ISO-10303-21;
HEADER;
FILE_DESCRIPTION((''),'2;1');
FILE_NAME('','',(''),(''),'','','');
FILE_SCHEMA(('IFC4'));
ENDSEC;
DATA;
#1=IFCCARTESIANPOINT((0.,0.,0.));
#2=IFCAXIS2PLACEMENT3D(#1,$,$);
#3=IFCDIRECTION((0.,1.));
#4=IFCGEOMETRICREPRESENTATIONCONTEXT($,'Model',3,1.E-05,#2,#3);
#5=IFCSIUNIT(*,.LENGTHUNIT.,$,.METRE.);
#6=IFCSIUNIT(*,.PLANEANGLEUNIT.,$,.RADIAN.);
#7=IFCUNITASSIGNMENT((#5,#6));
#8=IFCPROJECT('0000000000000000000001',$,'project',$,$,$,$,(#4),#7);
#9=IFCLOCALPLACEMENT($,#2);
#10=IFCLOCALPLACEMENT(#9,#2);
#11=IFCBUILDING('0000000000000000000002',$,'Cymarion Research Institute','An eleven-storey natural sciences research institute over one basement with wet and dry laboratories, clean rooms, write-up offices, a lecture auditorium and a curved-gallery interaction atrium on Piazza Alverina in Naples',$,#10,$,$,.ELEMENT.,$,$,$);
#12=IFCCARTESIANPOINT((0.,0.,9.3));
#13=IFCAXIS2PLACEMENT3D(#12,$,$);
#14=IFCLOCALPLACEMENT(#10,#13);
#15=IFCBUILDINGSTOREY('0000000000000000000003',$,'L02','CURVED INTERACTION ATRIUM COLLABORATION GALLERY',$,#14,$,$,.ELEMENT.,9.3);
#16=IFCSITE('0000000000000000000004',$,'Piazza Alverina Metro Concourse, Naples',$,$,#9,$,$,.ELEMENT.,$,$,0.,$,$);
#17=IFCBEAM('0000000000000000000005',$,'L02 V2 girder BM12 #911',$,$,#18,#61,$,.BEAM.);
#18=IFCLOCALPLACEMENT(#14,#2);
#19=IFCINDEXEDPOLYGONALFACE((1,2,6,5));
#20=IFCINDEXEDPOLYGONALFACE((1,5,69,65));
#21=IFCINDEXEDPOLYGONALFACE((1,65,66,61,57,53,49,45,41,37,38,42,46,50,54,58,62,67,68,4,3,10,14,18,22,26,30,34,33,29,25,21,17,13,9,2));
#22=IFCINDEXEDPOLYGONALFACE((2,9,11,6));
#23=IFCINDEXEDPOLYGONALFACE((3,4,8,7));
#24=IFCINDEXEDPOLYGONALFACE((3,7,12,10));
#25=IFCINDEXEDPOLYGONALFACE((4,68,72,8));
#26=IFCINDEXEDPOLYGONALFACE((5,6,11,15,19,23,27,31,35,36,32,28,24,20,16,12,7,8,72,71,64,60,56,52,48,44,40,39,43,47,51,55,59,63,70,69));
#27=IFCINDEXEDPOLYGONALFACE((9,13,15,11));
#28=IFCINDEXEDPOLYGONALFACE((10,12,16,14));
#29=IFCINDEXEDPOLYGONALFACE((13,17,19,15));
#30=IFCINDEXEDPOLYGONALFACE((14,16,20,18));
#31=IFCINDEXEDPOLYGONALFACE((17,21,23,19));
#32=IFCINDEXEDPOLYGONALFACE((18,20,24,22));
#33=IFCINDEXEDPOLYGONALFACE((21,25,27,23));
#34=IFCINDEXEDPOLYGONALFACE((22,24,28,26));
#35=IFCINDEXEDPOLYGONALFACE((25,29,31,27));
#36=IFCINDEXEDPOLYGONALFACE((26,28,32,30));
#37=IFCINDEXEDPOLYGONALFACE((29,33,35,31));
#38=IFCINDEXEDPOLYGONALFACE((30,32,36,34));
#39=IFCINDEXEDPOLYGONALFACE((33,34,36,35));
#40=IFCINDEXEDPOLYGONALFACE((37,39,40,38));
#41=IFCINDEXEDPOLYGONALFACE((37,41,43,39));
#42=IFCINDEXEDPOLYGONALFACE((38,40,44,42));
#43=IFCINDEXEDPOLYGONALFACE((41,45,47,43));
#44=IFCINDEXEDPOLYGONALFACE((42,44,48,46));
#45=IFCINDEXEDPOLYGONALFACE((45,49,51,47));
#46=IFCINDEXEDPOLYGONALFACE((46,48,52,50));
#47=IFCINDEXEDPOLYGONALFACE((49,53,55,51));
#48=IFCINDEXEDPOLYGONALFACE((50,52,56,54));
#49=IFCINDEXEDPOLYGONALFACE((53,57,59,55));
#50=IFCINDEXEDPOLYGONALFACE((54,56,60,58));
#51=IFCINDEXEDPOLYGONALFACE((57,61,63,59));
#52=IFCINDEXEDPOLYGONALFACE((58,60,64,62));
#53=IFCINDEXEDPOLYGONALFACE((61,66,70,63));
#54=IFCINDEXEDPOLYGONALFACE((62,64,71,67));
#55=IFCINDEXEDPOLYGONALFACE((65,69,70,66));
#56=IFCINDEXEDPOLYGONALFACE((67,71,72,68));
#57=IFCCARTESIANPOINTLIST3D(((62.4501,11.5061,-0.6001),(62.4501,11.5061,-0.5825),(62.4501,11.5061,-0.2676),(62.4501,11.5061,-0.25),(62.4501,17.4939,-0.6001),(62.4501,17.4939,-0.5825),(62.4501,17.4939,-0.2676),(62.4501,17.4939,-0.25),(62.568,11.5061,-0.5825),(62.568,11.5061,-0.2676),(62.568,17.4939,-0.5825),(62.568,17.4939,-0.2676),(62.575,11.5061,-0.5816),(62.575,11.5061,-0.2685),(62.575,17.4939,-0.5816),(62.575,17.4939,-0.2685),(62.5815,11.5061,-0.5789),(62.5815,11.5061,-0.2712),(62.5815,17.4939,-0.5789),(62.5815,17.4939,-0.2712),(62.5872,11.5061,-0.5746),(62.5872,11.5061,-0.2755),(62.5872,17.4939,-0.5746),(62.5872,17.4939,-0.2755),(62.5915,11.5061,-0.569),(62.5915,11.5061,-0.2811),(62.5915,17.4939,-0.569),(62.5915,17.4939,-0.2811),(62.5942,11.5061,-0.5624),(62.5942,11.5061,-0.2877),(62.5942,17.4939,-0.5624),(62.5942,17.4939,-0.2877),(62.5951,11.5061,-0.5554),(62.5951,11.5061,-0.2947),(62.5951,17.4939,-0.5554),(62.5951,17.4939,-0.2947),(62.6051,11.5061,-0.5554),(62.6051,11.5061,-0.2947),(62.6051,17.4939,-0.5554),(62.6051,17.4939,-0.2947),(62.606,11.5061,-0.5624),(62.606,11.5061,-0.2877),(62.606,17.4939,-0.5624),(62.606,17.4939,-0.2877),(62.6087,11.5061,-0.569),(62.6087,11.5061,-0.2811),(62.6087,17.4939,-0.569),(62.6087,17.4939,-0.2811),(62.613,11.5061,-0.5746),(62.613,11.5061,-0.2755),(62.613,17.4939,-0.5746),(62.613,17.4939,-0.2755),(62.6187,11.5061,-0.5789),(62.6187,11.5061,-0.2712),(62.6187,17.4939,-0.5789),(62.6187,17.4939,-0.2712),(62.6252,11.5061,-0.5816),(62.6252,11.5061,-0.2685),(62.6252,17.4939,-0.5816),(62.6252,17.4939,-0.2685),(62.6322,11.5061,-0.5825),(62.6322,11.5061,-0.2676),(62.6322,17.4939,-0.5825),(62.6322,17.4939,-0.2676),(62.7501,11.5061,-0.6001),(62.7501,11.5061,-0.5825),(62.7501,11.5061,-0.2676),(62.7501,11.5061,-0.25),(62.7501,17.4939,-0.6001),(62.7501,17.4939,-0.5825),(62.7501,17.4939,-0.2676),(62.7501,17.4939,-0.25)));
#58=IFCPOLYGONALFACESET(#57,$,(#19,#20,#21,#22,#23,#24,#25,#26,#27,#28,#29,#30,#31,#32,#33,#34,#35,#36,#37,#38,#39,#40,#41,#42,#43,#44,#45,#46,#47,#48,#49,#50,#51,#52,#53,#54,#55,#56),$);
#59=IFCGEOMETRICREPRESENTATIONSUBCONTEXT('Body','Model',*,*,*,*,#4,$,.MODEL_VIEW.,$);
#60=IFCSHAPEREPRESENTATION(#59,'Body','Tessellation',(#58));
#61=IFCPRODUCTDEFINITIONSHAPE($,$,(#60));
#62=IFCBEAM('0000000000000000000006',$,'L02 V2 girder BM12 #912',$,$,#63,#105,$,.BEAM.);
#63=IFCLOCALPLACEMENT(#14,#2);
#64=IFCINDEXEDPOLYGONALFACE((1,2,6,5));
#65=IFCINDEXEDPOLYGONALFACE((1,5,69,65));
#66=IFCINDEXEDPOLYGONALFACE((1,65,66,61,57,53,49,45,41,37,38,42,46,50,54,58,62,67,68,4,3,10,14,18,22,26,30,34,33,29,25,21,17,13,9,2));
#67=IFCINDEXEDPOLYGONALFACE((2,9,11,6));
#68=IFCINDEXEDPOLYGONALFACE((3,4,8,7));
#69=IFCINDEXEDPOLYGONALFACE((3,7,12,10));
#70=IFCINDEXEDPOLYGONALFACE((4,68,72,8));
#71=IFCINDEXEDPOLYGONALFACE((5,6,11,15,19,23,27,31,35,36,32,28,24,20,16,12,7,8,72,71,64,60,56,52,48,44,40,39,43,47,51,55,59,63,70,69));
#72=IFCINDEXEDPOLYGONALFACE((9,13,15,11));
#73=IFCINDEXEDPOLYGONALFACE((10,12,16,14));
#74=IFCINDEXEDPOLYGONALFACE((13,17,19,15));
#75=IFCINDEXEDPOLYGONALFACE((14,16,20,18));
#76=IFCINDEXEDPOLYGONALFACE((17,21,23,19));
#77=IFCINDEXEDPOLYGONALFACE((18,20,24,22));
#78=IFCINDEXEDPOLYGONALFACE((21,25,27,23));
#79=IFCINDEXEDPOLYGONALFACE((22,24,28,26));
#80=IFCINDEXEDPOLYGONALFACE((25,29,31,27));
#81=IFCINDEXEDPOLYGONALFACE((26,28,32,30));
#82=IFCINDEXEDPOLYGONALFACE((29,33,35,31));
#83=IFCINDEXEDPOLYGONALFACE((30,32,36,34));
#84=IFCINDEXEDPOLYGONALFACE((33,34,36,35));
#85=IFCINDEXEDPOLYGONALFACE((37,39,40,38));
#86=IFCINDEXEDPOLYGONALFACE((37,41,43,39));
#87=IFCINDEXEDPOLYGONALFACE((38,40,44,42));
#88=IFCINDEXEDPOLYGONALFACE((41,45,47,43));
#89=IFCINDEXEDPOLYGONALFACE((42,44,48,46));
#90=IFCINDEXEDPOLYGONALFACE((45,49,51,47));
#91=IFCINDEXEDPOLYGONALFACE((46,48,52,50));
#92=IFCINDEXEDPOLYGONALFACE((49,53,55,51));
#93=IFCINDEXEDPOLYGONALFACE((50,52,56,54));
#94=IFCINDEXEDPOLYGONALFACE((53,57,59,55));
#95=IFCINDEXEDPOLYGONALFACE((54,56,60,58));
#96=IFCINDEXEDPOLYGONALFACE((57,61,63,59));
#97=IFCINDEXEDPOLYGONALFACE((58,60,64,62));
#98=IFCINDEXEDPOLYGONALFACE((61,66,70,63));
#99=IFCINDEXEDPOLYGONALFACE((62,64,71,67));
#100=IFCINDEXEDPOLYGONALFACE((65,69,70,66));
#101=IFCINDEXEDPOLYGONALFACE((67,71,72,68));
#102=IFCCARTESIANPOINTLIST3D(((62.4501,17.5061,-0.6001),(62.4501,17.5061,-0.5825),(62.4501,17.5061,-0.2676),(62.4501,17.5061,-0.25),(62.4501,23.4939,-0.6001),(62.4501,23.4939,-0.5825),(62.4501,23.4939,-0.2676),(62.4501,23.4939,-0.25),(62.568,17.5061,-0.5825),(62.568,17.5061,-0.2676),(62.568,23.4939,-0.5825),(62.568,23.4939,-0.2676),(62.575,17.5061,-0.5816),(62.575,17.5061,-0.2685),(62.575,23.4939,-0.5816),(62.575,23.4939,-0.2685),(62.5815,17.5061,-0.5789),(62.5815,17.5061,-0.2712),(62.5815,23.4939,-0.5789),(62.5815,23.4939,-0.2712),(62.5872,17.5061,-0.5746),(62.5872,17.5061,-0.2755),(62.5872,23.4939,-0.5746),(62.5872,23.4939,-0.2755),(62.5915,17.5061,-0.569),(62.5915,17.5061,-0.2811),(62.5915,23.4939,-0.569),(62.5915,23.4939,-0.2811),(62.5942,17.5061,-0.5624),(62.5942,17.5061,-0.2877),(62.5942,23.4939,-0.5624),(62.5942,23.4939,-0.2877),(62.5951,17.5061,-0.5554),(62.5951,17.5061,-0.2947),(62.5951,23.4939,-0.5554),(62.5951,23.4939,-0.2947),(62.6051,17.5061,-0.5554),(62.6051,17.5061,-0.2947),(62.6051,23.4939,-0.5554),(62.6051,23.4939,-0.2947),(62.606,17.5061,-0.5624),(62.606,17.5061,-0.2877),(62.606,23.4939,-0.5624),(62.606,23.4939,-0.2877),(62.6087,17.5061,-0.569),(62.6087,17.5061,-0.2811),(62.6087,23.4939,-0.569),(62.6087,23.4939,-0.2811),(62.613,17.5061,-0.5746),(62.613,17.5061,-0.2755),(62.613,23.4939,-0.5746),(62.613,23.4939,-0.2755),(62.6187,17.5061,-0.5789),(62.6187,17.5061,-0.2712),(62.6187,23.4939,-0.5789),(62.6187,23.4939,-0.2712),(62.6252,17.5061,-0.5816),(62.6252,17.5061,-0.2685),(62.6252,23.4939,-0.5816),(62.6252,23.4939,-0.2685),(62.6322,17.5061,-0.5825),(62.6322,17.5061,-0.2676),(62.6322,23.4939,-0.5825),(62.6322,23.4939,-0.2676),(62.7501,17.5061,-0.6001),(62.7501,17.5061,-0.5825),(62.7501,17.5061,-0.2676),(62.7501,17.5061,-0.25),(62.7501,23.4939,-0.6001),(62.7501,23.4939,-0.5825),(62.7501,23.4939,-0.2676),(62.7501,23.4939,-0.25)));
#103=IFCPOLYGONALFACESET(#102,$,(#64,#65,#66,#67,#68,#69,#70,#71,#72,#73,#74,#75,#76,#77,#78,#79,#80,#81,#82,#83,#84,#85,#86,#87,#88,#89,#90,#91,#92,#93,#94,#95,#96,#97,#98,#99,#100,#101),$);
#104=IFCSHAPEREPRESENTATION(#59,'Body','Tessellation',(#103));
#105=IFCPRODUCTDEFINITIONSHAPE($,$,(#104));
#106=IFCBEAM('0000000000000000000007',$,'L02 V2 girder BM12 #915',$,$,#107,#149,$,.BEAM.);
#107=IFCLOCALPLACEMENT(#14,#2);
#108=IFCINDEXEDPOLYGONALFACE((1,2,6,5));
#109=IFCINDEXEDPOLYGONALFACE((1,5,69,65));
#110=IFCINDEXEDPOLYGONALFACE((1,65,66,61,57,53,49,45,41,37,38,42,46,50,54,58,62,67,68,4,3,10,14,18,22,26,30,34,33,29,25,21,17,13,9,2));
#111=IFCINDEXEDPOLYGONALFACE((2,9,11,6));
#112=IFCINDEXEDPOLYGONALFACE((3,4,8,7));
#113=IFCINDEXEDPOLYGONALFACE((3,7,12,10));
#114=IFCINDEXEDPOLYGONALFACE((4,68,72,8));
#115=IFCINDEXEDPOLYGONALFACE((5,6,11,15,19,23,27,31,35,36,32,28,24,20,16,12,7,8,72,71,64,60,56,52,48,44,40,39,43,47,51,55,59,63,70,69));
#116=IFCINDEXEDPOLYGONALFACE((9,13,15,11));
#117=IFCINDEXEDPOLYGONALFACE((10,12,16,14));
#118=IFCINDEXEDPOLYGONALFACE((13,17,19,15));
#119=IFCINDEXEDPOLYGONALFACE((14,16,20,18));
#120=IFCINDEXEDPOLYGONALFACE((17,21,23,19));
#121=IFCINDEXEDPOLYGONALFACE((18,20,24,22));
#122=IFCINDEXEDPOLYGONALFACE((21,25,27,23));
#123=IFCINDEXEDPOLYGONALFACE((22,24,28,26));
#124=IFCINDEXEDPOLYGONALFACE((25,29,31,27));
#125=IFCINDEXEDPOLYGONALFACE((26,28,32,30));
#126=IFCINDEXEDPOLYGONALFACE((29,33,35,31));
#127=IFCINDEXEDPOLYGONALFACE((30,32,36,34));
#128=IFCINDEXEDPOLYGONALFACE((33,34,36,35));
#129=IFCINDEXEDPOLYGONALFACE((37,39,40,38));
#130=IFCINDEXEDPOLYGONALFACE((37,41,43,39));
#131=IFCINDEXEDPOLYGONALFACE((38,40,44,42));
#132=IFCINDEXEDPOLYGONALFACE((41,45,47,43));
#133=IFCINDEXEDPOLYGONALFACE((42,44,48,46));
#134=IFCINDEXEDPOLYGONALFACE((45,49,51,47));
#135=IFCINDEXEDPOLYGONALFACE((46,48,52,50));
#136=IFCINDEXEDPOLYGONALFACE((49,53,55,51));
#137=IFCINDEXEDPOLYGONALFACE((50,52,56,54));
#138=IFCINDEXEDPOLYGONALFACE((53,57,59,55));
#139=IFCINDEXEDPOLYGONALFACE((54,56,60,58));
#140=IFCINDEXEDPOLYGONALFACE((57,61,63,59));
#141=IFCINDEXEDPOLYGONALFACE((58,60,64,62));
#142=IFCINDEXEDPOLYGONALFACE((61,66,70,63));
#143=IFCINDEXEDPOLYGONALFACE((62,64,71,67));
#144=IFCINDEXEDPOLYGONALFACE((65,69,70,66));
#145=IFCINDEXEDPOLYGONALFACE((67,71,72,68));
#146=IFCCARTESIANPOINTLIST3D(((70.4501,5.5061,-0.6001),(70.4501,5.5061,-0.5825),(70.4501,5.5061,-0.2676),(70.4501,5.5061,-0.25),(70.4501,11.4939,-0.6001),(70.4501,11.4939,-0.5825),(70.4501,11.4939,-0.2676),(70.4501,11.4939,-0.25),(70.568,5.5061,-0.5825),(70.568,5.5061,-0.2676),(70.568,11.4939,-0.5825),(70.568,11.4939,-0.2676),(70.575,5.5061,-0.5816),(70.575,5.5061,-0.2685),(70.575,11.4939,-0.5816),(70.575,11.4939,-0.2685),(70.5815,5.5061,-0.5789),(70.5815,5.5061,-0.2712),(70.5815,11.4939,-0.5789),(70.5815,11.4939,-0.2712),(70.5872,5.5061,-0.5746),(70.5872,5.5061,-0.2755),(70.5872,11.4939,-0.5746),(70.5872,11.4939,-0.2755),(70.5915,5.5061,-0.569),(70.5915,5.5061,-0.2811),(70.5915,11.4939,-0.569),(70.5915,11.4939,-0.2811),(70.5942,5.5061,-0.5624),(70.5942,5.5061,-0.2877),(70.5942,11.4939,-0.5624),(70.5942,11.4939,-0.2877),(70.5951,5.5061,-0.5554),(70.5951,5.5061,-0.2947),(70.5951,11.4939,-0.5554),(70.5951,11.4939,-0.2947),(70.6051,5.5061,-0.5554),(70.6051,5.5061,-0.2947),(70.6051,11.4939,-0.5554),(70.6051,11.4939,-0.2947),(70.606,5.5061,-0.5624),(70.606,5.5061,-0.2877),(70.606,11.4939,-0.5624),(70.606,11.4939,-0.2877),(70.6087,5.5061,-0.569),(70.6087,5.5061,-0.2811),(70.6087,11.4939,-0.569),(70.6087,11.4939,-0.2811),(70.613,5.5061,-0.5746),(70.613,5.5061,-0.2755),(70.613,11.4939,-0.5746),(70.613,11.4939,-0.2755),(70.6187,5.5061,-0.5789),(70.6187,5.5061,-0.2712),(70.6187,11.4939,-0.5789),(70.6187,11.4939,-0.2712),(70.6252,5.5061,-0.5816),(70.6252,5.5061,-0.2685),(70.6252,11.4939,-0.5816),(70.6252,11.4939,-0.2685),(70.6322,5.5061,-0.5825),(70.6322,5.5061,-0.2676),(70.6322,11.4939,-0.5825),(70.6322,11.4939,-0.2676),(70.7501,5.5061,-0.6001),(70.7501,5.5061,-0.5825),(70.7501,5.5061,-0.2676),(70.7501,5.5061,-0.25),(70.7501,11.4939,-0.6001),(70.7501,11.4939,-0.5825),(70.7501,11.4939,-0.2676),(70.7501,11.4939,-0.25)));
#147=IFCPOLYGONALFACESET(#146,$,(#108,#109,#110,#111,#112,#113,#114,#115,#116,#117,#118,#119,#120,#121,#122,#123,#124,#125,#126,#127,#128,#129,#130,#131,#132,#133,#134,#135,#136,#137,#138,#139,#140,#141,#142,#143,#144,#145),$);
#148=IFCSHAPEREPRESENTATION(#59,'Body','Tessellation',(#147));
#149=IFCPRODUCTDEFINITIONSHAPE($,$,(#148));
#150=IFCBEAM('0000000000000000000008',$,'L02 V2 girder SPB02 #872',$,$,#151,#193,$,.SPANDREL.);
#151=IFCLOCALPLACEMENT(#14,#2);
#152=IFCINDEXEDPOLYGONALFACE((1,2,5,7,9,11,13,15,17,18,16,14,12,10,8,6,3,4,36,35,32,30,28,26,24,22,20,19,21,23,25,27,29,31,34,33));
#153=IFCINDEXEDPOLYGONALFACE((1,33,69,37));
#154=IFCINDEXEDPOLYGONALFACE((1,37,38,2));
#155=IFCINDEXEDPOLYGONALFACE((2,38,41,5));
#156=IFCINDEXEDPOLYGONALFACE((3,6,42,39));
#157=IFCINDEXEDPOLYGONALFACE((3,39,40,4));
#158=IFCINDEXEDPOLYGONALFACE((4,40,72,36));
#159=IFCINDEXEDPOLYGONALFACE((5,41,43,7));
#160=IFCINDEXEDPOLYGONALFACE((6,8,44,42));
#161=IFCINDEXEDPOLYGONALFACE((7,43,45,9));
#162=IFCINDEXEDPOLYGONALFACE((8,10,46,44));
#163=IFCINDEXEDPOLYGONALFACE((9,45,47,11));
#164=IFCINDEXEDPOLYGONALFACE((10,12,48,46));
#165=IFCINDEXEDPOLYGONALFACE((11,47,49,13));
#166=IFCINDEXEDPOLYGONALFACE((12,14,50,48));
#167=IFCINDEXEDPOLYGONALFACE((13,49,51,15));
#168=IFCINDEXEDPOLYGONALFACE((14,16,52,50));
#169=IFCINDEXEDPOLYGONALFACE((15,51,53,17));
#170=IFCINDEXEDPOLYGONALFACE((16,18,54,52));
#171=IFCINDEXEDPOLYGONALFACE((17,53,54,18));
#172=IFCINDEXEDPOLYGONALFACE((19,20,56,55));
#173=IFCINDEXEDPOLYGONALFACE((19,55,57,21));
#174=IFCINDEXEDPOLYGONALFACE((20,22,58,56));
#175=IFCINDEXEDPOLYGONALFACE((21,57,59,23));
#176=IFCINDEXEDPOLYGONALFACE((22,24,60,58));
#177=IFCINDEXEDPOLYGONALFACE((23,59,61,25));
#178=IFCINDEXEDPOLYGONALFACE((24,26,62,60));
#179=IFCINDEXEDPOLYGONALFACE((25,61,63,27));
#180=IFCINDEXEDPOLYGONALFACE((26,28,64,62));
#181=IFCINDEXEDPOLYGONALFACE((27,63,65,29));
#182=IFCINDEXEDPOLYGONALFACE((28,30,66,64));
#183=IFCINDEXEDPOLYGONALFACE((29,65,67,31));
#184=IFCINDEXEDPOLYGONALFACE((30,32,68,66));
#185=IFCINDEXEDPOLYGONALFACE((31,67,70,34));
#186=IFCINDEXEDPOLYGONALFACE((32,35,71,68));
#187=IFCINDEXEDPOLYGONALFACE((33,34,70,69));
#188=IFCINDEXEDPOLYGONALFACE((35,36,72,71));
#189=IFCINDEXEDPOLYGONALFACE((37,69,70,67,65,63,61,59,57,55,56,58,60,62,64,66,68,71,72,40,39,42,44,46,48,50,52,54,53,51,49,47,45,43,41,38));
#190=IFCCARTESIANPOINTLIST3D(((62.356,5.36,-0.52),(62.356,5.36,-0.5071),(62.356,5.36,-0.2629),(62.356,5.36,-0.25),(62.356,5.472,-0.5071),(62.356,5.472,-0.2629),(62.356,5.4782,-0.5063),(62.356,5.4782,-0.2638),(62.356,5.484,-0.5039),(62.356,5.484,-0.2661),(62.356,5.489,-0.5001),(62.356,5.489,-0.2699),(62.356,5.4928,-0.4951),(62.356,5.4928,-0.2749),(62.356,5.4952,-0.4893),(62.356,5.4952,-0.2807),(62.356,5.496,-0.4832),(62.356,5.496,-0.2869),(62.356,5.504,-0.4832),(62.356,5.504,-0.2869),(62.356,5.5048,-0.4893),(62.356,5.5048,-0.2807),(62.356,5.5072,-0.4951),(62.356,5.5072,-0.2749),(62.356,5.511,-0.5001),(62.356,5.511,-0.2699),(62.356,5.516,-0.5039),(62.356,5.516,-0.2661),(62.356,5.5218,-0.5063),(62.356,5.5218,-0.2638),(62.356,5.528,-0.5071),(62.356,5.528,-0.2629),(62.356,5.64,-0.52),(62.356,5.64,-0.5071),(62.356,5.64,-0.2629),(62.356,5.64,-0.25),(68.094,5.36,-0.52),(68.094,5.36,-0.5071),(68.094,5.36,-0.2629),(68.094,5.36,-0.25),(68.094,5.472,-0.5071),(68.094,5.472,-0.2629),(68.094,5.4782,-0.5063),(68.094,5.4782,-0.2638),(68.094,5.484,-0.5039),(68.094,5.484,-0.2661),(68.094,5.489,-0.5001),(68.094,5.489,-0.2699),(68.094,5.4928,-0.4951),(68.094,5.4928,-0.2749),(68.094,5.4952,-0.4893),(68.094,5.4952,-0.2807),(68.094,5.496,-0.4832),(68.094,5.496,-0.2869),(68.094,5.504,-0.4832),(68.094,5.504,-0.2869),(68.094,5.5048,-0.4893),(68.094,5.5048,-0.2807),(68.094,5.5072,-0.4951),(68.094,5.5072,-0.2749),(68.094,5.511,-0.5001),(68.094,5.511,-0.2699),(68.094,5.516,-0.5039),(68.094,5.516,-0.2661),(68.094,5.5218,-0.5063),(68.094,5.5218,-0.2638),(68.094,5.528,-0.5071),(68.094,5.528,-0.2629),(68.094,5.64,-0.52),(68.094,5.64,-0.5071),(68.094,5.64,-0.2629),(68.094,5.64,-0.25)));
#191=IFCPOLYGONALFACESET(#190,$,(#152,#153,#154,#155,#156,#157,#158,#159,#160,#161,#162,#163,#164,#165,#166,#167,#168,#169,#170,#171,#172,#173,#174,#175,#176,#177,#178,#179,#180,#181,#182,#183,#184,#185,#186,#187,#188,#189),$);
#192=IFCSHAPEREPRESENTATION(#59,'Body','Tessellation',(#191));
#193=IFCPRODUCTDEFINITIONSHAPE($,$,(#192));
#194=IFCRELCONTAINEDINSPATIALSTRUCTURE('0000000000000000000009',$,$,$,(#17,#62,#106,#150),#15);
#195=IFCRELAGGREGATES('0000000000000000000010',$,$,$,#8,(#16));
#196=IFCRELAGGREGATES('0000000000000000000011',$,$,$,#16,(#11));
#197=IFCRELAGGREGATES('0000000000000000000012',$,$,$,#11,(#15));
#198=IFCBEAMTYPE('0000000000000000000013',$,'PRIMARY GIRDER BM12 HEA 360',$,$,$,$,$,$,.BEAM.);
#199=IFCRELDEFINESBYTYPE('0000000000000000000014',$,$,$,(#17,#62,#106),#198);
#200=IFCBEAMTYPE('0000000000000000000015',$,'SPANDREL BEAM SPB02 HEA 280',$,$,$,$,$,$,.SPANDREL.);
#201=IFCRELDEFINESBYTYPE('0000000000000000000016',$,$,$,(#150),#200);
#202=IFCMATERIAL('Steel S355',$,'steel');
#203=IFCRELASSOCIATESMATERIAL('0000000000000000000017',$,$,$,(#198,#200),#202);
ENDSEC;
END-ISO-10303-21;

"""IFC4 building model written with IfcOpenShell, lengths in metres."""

from ifc_helpers import new_model, si_unit, direction, frame, origin, origin_2d, place, context, subcontext, project, spatial, i_section, extrude, material, material_profile, profile_set, type_object, element, save


model = new_model("IFC4")

# Units and contexts
model_context = context("Model", 3, precision=1e-05, world=origin(), true_north=direction((0.0, 1.0)))
body_context = subcontext(model_context, "Body", "Model", "MODEL_VIEW")
ifc_project = project(units=[si_unit("LENGTHUNIT", "METRE"), si_unit("PLANEANGLEUNIT", "RADIAN")], contexts=[model_context])

# Site, building, storey
site_placement = place(None, origin())
site = spatial("IfcSite", under=ifc_project, at=site_placement, Name="Piazza Alverina Metro Concourse, Naples", CompositionType="ELEMENT", RefElevation=0.0)
building_placement = place(site_placement, origin())
building = spatial("IfcBuilding", under=site, at=building_placement, Name="Cymarion Research Institute", Description="An eleven-storey natural sciences research institute over one basement with wet and dry laboratories, clean rooms, write-up offices, a lecture auditorium and a curved-gallery interaction atrium on Piazza Alverina in Naples", CompositionType="ELEMENT")
storey_placement = place(building_placement, frame((0.0, 0.0, 9.3)))
storey = spatial("IfcBuildingStorey", under=building, at=storey_placement, Name="L02", Description="CURVED INTERACTION ATRIUM COLLABORATION GALLERY", CompositionType="ELEMENT", Elevation=9.3)

# Shared definitions
ifc_material_1 = material(Name="Steel S355", Category="steel")

# Beams
ifc_material_profile_1 = material_profile(ifc_material_1, i_section(OverallWidth=0.3, OverallDepth=0.3501, WebThickness=0.01, FlangeThickness=0.0176, FilletRadius=0.0271, at=origin_2d()), Name="HEA 360")
ifc_profile_set_1 = profile_set([ifc_material_profile_1], Name="Steel S355")
beam_type_1 = type_object("IfcBeamType", Name="PRIMARY GIRDER BM12 HEA 360", PredefinedType="BEAM", material=ifc_profile_set_1)
for number, where, z_axis, x_axis, name in (
    (1, (62.6001, 11.5061, -0.425), (0.0, 1.0, 0.0), (-1.0, 0.0, 0.0), "L02 V2 girder BM12 #911"),
    (2, (62.6001, 17.5061, -0.425), (0.0, 1.0, 0.0), (-1.0, 0.0, 0.0), "L02 V2 girder BM12 #912"),
    (3, (70.6001, 5.5061, -0.425), (0.0, 1.0, 0.0), (-1.0, 0.0, 0.0), "L02 V2 girder BM12 #915"),
):
    element("IfcBeam", number, at=place(storey_placement, frame(where, z_axis=z_axis, x_axis=x_axis)), inside=storey, type_object=beam_type_1, Name=name, PredefinedType="BEAM", context=body_context, shape_type="SweptSolid", body=[
        extrude(i_section(OverallWidth=0.3, OverallDepth=0.3501, WebThickness=0.01, FlangeThickness=0.0176, FilletRadius=0.0271, at=origin_2d()), origin(), (0.0, 0.0, 1.0), 5.9878),
    ])
ifc_material_profile_2 = material_profile(ifc_material_1, i_section(OverallWidth=0.28, OverallDepth=0.27, WebThickness=0.0081, FlangeThickness=0.0129, FilletRadius=0.0239, at=origin_2d()), Name="HEA 280")
ifc_profile_set_2 = profile_set([ifc_material_profile_2], Name="Steel S355")
beam_type_2 = type_object("IfcBeamType", Name="SPANDREL BEAM SPB02 HEA 280", PredefinedType="SPANDREL", material=ifc_profile_set_2)
beam_1_placement = place(storey_placement, frame((62.356, 5.5, -0.385), z_axis=(1.0, 0.0, 0.0), x_axis=(0.0, 1.0, 0.0)))
element("IfcBeam", 4, at=beam_1_placement, inside=storey, type_object=beam_type_2, Name="L02 V2 girder SPB02 #872", PredefinedType="SPANDREL", context=body_context, shape_type="SweptSolid", body=[
    extrude(i_section(OverallWidth=0.28, OverallDepth=0.27, WebThickness=0.0081, FlangeThickness=0.0129, FilletRadius=0.0239, at=origin_2d()), origin(), (0.0, 0.0, 1.0), 5.738),
])

save(model, "model.ifc")
